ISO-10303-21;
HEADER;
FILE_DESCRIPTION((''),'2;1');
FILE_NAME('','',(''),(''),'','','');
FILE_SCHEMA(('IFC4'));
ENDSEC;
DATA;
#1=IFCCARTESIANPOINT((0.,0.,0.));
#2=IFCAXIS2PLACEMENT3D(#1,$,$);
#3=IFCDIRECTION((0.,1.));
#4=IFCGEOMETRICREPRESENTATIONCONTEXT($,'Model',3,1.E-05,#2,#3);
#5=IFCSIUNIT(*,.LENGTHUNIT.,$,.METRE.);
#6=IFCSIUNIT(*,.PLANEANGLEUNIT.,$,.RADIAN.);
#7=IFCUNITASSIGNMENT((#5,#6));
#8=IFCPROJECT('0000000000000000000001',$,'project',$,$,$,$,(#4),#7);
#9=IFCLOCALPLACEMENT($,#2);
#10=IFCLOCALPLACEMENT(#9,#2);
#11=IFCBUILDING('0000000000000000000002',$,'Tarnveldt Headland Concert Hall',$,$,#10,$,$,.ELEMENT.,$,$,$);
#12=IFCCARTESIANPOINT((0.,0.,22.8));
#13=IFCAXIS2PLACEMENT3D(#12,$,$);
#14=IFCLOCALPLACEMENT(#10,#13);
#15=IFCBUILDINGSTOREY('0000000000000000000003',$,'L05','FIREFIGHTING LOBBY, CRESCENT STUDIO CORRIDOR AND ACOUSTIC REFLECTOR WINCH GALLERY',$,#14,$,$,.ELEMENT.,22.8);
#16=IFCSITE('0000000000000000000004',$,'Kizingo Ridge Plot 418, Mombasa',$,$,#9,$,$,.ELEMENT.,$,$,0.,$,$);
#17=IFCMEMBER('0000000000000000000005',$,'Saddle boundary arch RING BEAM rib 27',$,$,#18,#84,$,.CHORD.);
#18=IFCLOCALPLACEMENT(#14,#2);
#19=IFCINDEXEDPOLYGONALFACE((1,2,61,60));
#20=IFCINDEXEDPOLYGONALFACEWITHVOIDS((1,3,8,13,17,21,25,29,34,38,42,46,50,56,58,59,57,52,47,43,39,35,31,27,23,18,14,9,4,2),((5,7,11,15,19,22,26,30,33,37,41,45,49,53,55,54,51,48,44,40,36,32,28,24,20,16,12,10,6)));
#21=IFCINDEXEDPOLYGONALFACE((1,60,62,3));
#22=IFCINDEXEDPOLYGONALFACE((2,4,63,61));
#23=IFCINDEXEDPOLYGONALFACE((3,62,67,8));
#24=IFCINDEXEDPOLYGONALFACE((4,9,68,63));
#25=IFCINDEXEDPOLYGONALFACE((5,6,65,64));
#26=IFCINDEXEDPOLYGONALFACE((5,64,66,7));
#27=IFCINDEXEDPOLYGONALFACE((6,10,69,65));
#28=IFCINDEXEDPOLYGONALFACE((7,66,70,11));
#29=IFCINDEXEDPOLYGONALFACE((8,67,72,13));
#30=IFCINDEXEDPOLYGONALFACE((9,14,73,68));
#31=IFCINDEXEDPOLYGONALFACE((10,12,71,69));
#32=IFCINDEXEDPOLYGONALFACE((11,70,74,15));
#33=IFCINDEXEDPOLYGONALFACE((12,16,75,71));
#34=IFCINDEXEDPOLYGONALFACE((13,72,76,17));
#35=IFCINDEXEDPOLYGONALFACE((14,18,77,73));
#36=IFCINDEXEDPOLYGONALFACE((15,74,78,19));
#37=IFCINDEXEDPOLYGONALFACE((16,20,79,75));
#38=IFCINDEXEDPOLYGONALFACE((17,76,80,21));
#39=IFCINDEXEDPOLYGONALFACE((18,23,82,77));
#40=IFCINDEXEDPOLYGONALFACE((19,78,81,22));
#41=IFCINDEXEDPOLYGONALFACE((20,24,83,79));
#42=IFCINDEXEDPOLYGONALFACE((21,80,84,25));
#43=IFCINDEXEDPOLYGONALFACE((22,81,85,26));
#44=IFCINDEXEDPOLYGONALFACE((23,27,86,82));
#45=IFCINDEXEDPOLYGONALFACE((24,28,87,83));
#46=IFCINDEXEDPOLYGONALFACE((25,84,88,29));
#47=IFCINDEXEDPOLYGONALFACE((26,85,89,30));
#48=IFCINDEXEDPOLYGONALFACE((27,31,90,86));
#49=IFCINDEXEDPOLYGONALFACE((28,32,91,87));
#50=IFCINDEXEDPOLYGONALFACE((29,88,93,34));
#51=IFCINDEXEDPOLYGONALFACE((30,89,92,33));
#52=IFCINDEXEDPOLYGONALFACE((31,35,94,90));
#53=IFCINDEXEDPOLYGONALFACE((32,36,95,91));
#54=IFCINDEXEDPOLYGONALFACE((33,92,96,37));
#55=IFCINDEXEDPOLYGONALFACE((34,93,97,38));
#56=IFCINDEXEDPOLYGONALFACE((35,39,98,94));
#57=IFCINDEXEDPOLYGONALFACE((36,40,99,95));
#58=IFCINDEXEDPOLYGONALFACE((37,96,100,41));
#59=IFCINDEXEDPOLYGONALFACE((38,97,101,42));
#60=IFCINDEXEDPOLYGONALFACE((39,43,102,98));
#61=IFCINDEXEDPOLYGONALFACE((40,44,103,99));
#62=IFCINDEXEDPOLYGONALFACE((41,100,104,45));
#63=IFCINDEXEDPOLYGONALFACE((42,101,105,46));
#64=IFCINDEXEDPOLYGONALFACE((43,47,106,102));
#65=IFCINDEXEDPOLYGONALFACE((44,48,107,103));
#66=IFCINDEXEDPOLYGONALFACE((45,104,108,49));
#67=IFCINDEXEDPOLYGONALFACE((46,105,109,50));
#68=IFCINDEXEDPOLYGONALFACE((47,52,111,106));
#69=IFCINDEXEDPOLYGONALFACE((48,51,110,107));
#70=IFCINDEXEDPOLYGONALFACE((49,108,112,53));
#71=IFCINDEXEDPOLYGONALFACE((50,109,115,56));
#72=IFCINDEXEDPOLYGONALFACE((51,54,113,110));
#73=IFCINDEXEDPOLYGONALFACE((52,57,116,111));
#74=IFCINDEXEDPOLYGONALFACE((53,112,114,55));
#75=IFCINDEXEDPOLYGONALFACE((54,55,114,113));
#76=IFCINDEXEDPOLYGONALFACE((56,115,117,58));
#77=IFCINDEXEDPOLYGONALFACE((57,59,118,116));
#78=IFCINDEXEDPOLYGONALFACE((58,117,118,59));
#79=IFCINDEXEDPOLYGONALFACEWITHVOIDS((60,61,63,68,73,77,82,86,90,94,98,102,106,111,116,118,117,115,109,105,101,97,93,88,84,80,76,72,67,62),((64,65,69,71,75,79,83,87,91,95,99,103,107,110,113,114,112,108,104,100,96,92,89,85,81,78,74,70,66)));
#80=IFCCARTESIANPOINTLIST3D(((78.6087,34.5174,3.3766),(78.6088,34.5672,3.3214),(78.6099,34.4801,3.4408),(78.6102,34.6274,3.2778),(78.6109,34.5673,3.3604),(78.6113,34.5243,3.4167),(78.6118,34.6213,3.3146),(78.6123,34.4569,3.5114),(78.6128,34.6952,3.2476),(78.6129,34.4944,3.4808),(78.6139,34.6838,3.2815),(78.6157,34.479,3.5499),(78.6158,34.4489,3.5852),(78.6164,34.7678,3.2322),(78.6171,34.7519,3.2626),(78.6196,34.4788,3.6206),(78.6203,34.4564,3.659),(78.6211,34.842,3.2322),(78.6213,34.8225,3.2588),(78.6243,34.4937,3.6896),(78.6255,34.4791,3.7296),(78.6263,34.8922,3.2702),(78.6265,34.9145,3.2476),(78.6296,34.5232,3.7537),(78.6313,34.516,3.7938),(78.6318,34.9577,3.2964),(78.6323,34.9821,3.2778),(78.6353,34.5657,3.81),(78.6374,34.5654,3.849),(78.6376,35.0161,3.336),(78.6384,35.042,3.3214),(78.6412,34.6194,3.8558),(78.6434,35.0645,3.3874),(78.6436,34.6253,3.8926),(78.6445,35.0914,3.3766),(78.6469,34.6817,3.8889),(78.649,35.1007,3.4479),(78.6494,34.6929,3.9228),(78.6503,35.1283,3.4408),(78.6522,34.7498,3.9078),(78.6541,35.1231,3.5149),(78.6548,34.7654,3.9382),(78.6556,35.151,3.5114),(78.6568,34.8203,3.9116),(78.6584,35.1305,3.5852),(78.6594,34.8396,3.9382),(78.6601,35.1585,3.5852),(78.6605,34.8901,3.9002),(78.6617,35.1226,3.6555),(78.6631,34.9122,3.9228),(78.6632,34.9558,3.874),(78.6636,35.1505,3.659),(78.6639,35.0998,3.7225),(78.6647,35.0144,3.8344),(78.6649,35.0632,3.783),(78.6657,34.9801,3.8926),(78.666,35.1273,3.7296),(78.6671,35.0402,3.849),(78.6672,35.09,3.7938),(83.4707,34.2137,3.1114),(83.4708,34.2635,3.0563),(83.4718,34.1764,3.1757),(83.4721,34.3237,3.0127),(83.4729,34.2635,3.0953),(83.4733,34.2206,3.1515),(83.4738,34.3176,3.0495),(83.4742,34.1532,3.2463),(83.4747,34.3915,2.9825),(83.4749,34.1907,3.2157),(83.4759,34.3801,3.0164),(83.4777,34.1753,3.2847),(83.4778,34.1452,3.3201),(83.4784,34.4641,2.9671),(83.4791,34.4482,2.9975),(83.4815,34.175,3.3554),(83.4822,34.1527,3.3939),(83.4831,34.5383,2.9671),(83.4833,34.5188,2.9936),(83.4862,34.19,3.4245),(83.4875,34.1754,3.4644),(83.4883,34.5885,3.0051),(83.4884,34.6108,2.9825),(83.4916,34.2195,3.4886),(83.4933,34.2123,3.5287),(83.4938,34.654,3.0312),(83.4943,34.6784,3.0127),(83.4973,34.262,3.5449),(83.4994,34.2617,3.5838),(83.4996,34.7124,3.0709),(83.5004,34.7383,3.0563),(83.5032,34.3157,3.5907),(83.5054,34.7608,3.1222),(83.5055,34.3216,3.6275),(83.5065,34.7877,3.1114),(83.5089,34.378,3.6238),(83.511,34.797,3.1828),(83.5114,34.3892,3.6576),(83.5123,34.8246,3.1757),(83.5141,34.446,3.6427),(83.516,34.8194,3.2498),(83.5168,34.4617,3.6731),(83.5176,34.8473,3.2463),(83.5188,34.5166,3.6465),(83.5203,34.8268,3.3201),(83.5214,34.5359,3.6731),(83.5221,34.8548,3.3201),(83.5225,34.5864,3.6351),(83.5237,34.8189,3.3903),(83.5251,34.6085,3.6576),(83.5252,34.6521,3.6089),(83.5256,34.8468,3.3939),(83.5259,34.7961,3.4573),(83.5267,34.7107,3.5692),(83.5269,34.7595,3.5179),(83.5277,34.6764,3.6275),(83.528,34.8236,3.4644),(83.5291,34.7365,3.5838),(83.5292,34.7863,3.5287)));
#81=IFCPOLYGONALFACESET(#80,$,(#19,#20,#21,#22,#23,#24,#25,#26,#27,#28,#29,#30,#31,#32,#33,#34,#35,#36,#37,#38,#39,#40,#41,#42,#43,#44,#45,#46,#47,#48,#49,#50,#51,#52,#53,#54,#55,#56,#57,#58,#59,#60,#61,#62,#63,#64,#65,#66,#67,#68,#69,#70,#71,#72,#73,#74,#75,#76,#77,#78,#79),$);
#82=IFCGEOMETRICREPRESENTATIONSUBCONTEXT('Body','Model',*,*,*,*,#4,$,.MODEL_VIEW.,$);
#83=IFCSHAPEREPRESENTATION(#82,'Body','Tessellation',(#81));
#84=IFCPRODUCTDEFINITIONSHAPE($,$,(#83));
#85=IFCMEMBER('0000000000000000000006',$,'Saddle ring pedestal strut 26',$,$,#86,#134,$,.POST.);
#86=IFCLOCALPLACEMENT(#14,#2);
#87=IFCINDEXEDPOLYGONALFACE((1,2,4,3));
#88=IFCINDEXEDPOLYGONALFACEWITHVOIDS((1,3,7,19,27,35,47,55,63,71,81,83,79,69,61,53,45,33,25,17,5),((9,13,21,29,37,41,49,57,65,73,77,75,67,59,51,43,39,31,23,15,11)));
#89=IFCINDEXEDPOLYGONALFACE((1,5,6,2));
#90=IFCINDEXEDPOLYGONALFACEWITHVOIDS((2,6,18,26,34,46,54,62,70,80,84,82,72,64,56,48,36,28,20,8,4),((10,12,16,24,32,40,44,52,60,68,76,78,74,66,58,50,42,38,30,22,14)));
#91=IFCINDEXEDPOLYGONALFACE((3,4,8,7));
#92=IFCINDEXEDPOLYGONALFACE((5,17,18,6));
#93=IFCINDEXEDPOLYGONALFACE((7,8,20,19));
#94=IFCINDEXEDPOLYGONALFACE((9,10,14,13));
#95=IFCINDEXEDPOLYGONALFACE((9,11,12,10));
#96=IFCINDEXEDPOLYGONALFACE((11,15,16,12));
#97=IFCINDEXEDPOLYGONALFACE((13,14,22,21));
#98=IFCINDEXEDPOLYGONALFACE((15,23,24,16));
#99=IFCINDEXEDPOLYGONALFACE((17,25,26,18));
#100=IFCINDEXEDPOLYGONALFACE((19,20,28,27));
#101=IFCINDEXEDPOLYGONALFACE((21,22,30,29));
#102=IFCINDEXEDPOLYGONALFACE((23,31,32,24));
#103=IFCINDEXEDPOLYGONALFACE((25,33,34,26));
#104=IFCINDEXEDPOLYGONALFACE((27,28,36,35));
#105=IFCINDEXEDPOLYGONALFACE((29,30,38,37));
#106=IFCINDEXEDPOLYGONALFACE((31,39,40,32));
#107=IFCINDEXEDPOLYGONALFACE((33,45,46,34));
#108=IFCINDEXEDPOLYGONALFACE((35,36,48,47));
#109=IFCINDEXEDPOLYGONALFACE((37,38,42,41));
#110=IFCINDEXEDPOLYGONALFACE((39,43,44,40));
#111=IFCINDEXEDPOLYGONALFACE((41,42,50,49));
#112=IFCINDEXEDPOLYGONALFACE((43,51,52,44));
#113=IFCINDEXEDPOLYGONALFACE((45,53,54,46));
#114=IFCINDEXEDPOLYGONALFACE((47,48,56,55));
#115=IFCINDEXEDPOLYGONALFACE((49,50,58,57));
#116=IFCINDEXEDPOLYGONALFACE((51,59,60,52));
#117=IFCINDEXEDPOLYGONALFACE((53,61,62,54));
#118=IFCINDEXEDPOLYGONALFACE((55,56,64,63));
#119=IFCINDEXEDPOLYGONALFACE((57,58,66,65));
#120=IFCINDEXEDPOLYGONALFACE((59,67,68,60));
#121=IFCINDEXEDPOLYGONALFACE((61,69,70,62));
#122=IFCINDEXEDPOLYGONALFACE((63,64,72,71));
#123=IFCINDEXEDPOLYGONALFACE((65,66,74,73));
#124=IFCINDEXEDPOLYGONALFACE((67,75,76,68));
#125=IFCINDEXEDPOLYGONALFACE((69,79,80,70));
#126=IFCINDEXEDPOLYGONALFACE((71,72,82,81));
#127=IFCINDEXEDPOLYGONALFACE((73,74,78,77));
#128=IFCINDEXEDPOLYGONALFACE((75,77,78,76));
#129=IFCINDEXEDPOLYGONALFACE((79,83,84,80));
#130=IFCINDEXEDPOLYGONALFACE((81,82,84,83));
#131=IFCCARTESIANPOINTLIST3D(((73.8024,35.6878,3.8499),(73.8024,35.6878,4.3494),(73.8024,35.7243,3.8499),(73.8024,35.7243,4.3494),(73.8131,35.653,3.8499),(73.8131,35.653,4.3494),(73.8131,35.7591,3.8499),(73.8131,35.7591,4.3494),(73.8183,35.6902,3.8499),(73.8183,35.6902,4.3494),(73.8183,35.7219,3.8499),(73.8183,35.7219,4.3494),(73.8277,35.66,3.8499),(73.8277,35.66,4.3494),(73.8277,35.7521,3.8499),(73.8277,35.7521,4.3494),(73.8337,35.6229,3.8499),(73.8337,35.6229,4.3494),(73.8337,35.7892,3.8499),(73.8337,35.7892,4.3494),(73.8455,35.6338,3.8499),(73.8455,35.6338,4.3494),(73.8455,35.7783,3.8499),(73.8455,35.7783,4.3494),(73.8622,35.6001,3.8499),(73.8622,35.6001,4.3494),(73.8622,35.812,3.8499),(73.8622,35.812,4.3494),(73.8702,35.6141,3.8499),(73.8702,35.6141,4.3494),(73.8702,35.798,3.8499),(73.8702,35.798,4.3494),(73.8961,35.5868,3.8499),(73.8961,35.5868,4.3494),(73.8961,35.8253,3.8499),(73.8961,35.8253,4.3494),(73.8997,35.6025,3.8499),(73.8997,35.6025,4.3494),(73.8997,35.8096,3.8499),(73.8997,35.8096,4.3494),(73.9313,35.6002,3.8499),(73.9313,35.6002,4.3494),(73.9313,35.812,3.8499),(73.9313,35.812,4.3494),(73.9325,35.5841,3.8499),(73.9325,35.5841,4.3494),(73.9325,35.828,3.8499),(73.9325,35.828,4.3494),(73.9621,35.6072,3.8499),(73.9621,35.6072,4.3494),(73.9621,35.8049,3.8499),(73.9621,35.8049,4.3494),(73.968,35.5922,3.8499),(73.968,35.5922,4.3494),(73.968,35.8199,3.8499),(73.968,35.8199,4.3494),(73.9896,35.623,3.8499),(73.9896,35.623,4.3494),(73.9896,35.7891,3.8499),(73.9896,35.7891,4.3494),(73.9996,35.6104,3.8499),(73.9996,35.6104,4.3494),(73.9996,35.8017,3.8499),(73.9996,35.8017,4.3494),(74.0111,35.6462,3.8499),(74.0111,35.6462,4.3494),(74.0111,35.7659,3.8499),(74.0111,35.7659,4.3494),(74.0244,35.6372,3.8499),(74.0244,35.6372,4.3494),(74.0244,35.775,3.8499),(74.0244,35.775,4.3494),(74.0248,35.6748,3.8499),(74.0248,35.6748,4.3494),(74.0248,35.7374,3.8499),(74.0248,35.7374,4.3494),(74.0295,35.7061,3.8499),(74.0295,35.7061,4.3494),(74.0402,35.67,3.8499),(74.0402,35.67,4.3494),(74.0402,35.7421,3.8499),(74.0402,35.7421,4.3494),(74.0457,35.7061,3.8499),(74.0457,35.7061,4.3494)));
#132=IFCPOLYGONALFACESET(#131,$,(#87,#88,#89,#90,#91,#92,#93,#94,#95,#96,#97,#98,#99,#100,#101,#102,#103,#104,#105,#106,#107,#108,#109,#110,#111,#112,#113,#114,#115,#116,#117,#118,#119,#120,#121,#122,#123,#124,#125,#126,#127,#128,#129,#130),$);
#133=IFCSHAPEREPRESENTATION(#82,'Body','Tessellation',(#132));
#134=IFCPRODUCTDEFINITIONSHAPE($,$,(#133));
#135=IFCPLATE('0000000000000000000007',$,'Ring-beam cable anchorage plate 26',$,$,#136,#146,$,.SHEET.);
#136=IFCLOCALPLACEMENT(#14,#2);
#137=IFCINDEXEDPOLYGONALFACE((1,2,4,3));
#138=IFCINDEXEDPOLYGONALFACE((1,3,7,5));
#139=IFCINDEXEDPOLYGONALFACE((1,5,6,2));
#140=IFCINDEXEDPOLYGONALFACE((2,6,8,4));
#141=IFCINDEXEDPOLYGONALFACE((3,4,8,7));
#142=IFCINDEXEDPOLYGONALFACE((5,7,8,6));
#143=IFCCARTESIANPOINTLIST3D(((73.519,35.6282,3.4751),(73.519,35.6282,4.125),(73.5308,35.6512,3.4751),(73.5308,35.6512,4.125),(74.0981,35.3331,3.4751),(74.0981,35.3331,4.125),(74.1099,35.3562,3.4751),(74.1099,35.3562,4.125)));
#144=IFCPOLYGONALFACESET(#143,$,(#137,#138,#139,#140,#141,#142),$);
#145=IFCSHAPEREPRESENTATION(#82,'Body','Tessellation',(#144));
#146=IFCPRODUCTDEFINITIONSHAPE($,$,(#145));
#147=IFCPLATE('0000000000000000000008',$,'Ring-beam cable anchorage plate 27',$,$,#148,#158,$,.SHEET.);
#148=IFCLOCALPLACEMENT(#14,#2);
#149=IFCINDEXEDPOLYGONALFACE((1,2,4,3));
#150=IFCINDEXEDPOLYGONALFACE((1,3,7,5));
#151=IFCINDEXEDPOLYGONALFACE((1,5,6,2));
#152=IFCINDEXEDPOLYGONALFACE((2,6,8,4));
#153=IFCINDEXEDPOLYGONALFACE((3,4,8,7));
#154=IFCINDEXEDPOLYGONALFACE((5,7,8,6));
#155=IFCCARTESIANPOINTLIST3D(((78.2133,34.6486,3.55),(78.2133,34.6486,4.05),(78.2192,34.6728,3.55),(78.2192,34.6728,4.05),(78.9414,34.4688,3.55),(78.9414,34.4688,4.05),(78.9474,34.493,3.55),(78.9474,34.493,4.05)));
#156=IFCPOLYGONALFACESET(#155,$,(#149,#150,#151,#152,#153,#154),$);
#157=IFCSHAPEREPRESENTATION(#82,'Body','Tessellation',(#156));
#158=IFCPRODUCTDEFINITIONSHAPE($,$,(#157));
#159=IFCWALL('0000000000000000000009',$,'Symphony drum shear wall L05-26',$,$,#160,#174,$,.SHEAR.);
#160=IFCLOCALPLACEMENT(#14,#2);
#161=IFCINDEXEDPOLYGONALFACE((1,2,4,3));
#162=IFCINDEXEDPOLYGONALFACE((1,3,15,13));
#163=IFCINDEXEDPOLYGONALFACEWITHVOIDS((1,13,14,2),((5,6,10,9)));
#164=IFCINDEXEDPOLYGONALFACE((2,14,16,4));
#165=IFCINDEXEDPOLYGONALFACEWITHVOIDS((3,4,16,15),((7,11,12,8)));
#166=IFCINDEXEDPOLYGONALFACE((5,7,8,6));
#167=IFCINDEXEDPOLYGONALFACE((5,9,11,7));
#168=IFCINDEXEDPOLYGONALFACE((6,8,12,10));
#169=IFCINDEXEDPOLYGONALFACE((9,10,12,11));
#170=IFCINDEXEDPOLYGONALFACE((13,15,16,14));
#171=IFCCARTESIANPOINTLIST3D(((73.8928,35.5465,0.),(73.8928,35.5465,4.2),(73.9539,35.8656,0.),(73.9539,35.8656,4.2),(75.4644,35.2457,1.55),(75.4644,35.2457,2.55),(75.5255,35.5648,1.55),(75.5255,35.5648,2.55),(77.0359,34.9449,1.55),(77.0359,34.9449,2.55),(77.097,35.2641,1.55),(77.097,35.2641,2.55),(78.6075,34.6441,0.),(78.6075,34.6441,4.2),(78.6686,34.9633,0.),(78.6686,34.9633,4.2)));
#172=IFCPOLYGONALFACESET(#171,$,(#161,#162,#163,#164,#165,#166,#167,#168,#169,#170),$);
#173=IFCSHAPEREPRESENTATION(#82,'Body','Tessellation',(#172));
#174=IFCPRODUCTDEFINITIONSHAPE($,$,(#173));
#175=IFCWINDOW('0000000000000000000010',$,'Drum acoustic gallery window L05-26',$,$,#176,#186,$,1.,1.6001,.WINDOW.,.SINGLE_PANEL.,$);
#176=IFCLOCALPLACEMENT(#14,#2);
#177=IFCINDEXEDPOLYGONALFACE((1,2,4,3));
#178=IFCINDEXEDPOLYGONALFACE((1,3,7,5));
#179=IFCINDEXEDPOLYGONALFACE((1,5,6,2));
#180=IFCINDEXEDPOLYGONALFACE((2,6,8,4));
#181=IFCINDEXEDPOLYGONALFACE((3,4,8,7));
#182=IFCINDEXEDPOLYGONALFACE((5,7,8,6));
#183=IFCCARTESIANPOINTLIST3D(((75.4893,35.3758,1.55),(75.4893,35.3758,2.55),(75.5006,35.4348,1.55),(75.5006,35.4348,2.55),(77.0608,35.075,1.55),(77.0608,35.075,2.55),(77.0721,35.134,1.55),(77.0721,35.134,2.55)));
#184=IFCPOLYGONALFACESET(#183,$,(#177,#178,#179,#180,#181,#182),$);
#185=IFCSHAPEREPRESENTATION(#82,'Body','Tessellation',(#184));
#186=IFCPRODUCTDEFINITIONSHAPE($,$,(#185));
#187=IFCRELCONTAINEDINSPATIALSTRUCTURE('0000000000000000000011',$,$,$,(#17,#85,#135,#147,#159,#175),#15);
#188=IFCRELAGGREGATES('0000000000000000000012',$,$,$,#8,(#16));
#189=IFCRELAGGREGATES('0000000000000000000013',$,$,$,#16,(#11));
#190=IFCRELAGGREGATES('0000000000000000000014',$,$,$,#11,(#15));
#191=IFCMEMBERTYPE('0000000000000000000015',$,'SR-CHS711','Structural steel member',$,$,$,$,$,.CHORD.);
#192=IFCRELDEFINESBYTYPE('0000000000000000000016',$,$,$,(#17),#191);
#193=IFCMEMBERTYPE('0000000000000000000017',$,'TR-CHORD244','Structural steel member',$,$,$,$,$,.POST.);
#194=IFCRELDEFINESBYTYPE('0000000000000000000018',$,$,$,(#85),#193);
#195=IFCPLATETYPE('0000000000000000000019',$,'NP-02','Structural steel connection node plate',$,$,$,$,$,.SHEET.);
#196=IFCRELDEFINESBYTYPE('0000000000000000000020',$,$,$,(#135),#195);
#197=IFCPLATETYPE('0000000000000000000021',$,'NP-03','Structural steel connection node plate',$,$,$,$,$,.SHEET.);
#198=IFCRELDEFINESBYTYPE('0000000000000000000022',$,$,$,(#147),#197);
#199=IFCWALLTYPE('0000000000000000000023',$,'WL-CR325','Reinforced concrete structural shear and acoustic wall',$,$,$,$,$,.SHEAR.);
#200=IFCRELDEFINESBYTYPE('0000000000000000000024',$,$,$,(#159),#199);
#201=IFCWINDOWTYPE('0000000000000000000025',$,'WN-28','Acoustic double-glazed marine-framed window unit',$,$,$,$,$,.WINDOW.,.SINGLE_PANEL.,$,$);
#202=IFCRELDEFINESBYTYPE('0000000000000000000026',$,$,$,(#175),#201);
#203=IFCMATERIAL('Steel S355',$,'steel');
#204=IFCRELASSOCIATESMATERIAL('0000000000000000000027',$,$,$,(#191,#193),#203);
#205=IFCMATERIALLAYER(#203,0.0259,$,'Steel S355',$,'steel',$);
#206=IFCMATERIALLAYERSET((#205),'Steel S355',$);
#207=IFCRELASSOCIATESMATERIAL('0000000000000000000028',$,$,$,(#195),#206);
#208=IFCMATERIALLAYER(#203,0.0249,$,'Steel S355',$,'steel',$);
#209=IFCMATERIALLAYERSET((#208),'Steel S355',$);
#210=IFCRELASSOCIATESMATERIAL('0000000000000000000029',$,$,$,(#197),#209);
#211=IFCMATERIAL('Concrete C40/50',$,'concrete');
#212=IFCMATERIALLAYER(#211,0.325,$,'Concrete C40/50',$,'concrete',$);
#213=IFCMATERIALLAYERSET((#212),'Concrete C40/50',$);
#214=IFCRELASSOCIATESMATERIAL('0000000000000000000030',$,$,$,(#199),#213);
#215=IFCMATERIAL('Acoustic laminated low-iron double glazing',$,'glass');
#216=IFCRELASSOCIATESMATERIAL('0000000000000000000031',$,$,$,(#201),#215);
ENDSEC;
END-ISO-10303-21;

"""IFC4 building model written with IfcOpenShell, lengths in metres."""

from ifc_helpers import new_model, si_unit, direction, frame, frame_2d, origin, origin_2d, place, context, subcontext, project, spatial, rectangle, hollow_circle, extrude, material, layer, layer_set, material_profile, profile_set, type_object, element, fill, save


model = new_model("IFC4")

# Units and contexts
model_context = context("Model", 3, precision=1e-05, world=origin(), true_north=direction((0.0, 1.0)))
body_context = subcontext(model_context, "Body", "Model", "MODEL_VIEW")
ifc_project = project(units=[si_unit("LENGTHUNIT", "METRE"), si_unit("PLANEANGLEUNIT", "RADIAN")], contexts=[model_context])

# Site, building, storey
site_placement = place(None, origin())
site = spatial("IfcSite", under=ifc_project, at=site_placement, Name="Kizingo Ridge Plot 418, Mombasa", CompositionType="ELEMENT", RefElevation=0.0)
building_placement = place(site_placement, origin())
building = spatial("IfcBuilding", under=site, at=building_placement, Name="Tarnveldt Headland Concert Hall", CompositionType="ELEMENT")
storey_placement = place(building_placement, frame((0.0, 0.0, 22.8)))
storey = spatial("IfcBuildingStorey", under=building, at=storey_placement, Name="L05", Description="FIREFIGHTING LOBBY, CRESCENT STUDIO CORRIDOR AND ACOUSTIC REFLECTOR WINCH GALLERY", CompositionType="ELEMENT", Elevation=22.8)

# Shared definitions
ifc_material_1 = material(Name="Concrete C40/50", Category="concrete")

# Shared definitions
ifc_material_2 = material(Name="Steel S355", Category="steel")

# Members
ifc_material_profile_1 = material_profile(ifc_material_2, hollow_circle(Radius=0.3555, WallThickness=0.0281, at=origin_2d()), Name="CHS 711x28", Category="steel")
ifc_profile_set_1 = profile_set([ifc_material_profile_1], Name="Steel S355")
member_type_1 = type_object("IfcMemberType", Name="SR-CHS711", Description="Structural steel member", PredefinedType="CHORD", material=ifc_profile_set_1)
member_1_placement = place(storey_placement, frame((78.6379, 34.8037, 3.5852), z_axis=(0.99658, -0.062252, -0.054345), x_axis=(0.062344, 0.998055, 0.0)))
element("IfcMember", 1, at=member_1_placement, inside=storey, type_object=member_type_1, Name="Saddle boundary arch RING BEAM rib 27", PredefinedType="CHORD", context=body_context, shape_type="SweptSolid", body=[
    extrude(hollow_circle(Radius=0.3555, WallThickness=0.0281, at=origin_2d()), origin(), (0.0, 0.0, 1.0), 4.8787),
])
ifc_material_profile_2 = material_profile(ifc_material_2, hollow_circle(Radius=0.1223, WallThickness=0.0161, at=origin_2d()), Name="CHS 244.5x16", Category="steel")
ifc_profile_set_2 = profile_set([ifc_material_profile_2], Name="Steel S355")
member_type_2 = type_object("IfcMemberType", Name="TR-CHORD244", Description="Structural steel member", PredefinedType="POST", material=ifc_profile_set_2)
member_2_placement = place(storey_placement, frame((73.9233, 35.7061, 3.8499), z_axis=(0.0, 0.0, 1.0), x_axis=(1.0, 0.0, 0.0)))
element("IfcMember", 2, at=member_2_placement, inside=storey, type_object=member_type_2, Name="Saddle ring pedestal strut 26", PredefinedType="POST", context=body_context, shape_type="SweptSolid", body=[
    extrude(hollow_circle(Radius=0.1223, WallThickness=0.0161, at=origin_2d()), origin(), (0.0, 0.0, 1.0), 0.4995),
])

# Plates
ifc_layer_1 = layer(ifc_material_2, 0.0259, Name="Steel S355", Category="steel")
ifc_layer_set_1 = layer_set([ifc_layer_1], Name="Steel S355")
plate_type_1 = type_object("IfcPlateType", Name="NP-02", Description="Structural steel connection node plate", PredefinedType="SHEET", material=ifc_layer_set_1)
plate_1_placement = place(storey_placement, frame((73.8145, 35.4922, 3.4751), z_axis=(0.0, 0.0, 1.0), x_axis=(0.891007, -0.45399, 0.0)))
element("IfcPlate", 3, at=plate_1_placement, inside=storey, type_object=plate_type_1, Name="Ring-beam cable anchorage plate 26", PredefinedType="SHEET", context=body_context, shape_type="SweptSolid", body=[
    extrude(rectangle(XDim=0.6499, YDim=0.0259, at=origin_2d()), origin(), (0.0, 0.0, 1.0), 0.6499),
])
ifc_layer_2 = layer(ifc_material_2, 0.0249, Name="Steel S355", Category="steel")
ifc_layer_set_2 = layer_set([ifc_layer_2], Name="Steel S355")
plate_type_2 = type_object("IfcPlateType", Name="NP-03", Description="Structural steel connection node plate", PredefinedType="SHEET", material=ifc_layer_set_2)
plate_2_placement = place(storey_placement, frame((78.5803, 34.5708, 3.55), z_axis=(0.0, 0.0, 1.0), x_axis=(0.970842, -0.23972, 0.0)))
element("IfcPlate", 4, at=plate_2_placement, inside=storey, type_object=plate_type_2, Name="Ring-beam cable anchorage plate 27", PredefinedType="SHEET", context=body_context, shape_type="SweptSolid", body=[
    extrude(rectangle(XDim=0.75, YDim=0.0249, at=origin_2d()), origin(), (0.0, 0.0, 1.0), 0.5),
])

# Wall, opening, window
ifc_layer_3 = layer(ifc_material_1, 0.325, Name="Concrete C40/50", Category="concrete")
ifc_layer_set_3 = layer_set([ifc_layer_3], Name="Concrete C40/50")
wall_type_1 = type_object("IfcWallType", Name="WL-CR325", Description="Reinforced concrete structural shear and acoustic wall", PredefinedType="SHEAR", material=ifc_layer_set_3)
wall_1_placement = place(storey_placement, frame((73.9233, 35.7061, 0.0), z_axis=(0.0, 0.0, 1.0), x_axis=(0.982173, -0.187981, 0.0)))
wall_1 = element("IfcWall", 5, at=wall_1_placement, inside=storey, type_object=wall_type_1, Name="Symphony drum shear wall L05-26", PredefinedType="SHEAR", context=body_context, shape_type="SweptSolid", body=[
    extrude(rectangle(XDim=4.8003, YDim=0.325, at=frame_2d((2.4001, 0.0))), origin(), (0.0, 0.0, 1.0), 4.2),
])
opening_placement = place(wall_1_placement, frame((1.6001, 0.0, 1.55)))
opening = element("IfcOpeningElement", 6, at=opening_placement, cuts=wall_1, PredefinedType="OPENING", context=body_context, shape_type="SweptSolid", body=[
    extrude(rectangle(XDim=1.6001, YDim=1.0, at=frame_2d((0.8, 0.5))), frame((0.0, 0.1724, 0.0), z_axis=(0.0, -1.0, 0.0), x_axis=(1.0, 0.0, 0.0)), (0.0, 0.0, 1.0), 0.345),
])
ifc_material_3 = material(Name="Acoustic laminated low-iron double glazing", Category="glass")
window_type = type_object("IfcWindowType", Name="WN-28", Description="Acoustic double-glazed marine-framed window unit", PartitioningType="SINGLE_PANEL", PredefinedType="WINDOW", material=ifc_material_3)
window_placement = place(opening_placement, origin())
window = element("IfcWindow", 7, at=window_placement, inside=storey, type_object=window_type, Name="Drum acoustic gallery window L05-26", OverallHeight=1.0, OverallWidth=1.6001, PartitioningType="SINGLE_PANEL", PredefinedType="WINDOW", context=body_context, shape_type="SweptSolid", body=[
    extrude(rectangle(XDim=1.6001, YDim=1.0, at=frame_2d((0.8, 0.5))), frame((0.0, 0.03, 0.0), z_axis=(0.0, -1.0, 0.0), x_axis=(1.0, 0.0, 0.0)), (0.0, 0.0, 1.0), 0.0601),
])
fill(opening, window)

save(model, "model.ifc")
